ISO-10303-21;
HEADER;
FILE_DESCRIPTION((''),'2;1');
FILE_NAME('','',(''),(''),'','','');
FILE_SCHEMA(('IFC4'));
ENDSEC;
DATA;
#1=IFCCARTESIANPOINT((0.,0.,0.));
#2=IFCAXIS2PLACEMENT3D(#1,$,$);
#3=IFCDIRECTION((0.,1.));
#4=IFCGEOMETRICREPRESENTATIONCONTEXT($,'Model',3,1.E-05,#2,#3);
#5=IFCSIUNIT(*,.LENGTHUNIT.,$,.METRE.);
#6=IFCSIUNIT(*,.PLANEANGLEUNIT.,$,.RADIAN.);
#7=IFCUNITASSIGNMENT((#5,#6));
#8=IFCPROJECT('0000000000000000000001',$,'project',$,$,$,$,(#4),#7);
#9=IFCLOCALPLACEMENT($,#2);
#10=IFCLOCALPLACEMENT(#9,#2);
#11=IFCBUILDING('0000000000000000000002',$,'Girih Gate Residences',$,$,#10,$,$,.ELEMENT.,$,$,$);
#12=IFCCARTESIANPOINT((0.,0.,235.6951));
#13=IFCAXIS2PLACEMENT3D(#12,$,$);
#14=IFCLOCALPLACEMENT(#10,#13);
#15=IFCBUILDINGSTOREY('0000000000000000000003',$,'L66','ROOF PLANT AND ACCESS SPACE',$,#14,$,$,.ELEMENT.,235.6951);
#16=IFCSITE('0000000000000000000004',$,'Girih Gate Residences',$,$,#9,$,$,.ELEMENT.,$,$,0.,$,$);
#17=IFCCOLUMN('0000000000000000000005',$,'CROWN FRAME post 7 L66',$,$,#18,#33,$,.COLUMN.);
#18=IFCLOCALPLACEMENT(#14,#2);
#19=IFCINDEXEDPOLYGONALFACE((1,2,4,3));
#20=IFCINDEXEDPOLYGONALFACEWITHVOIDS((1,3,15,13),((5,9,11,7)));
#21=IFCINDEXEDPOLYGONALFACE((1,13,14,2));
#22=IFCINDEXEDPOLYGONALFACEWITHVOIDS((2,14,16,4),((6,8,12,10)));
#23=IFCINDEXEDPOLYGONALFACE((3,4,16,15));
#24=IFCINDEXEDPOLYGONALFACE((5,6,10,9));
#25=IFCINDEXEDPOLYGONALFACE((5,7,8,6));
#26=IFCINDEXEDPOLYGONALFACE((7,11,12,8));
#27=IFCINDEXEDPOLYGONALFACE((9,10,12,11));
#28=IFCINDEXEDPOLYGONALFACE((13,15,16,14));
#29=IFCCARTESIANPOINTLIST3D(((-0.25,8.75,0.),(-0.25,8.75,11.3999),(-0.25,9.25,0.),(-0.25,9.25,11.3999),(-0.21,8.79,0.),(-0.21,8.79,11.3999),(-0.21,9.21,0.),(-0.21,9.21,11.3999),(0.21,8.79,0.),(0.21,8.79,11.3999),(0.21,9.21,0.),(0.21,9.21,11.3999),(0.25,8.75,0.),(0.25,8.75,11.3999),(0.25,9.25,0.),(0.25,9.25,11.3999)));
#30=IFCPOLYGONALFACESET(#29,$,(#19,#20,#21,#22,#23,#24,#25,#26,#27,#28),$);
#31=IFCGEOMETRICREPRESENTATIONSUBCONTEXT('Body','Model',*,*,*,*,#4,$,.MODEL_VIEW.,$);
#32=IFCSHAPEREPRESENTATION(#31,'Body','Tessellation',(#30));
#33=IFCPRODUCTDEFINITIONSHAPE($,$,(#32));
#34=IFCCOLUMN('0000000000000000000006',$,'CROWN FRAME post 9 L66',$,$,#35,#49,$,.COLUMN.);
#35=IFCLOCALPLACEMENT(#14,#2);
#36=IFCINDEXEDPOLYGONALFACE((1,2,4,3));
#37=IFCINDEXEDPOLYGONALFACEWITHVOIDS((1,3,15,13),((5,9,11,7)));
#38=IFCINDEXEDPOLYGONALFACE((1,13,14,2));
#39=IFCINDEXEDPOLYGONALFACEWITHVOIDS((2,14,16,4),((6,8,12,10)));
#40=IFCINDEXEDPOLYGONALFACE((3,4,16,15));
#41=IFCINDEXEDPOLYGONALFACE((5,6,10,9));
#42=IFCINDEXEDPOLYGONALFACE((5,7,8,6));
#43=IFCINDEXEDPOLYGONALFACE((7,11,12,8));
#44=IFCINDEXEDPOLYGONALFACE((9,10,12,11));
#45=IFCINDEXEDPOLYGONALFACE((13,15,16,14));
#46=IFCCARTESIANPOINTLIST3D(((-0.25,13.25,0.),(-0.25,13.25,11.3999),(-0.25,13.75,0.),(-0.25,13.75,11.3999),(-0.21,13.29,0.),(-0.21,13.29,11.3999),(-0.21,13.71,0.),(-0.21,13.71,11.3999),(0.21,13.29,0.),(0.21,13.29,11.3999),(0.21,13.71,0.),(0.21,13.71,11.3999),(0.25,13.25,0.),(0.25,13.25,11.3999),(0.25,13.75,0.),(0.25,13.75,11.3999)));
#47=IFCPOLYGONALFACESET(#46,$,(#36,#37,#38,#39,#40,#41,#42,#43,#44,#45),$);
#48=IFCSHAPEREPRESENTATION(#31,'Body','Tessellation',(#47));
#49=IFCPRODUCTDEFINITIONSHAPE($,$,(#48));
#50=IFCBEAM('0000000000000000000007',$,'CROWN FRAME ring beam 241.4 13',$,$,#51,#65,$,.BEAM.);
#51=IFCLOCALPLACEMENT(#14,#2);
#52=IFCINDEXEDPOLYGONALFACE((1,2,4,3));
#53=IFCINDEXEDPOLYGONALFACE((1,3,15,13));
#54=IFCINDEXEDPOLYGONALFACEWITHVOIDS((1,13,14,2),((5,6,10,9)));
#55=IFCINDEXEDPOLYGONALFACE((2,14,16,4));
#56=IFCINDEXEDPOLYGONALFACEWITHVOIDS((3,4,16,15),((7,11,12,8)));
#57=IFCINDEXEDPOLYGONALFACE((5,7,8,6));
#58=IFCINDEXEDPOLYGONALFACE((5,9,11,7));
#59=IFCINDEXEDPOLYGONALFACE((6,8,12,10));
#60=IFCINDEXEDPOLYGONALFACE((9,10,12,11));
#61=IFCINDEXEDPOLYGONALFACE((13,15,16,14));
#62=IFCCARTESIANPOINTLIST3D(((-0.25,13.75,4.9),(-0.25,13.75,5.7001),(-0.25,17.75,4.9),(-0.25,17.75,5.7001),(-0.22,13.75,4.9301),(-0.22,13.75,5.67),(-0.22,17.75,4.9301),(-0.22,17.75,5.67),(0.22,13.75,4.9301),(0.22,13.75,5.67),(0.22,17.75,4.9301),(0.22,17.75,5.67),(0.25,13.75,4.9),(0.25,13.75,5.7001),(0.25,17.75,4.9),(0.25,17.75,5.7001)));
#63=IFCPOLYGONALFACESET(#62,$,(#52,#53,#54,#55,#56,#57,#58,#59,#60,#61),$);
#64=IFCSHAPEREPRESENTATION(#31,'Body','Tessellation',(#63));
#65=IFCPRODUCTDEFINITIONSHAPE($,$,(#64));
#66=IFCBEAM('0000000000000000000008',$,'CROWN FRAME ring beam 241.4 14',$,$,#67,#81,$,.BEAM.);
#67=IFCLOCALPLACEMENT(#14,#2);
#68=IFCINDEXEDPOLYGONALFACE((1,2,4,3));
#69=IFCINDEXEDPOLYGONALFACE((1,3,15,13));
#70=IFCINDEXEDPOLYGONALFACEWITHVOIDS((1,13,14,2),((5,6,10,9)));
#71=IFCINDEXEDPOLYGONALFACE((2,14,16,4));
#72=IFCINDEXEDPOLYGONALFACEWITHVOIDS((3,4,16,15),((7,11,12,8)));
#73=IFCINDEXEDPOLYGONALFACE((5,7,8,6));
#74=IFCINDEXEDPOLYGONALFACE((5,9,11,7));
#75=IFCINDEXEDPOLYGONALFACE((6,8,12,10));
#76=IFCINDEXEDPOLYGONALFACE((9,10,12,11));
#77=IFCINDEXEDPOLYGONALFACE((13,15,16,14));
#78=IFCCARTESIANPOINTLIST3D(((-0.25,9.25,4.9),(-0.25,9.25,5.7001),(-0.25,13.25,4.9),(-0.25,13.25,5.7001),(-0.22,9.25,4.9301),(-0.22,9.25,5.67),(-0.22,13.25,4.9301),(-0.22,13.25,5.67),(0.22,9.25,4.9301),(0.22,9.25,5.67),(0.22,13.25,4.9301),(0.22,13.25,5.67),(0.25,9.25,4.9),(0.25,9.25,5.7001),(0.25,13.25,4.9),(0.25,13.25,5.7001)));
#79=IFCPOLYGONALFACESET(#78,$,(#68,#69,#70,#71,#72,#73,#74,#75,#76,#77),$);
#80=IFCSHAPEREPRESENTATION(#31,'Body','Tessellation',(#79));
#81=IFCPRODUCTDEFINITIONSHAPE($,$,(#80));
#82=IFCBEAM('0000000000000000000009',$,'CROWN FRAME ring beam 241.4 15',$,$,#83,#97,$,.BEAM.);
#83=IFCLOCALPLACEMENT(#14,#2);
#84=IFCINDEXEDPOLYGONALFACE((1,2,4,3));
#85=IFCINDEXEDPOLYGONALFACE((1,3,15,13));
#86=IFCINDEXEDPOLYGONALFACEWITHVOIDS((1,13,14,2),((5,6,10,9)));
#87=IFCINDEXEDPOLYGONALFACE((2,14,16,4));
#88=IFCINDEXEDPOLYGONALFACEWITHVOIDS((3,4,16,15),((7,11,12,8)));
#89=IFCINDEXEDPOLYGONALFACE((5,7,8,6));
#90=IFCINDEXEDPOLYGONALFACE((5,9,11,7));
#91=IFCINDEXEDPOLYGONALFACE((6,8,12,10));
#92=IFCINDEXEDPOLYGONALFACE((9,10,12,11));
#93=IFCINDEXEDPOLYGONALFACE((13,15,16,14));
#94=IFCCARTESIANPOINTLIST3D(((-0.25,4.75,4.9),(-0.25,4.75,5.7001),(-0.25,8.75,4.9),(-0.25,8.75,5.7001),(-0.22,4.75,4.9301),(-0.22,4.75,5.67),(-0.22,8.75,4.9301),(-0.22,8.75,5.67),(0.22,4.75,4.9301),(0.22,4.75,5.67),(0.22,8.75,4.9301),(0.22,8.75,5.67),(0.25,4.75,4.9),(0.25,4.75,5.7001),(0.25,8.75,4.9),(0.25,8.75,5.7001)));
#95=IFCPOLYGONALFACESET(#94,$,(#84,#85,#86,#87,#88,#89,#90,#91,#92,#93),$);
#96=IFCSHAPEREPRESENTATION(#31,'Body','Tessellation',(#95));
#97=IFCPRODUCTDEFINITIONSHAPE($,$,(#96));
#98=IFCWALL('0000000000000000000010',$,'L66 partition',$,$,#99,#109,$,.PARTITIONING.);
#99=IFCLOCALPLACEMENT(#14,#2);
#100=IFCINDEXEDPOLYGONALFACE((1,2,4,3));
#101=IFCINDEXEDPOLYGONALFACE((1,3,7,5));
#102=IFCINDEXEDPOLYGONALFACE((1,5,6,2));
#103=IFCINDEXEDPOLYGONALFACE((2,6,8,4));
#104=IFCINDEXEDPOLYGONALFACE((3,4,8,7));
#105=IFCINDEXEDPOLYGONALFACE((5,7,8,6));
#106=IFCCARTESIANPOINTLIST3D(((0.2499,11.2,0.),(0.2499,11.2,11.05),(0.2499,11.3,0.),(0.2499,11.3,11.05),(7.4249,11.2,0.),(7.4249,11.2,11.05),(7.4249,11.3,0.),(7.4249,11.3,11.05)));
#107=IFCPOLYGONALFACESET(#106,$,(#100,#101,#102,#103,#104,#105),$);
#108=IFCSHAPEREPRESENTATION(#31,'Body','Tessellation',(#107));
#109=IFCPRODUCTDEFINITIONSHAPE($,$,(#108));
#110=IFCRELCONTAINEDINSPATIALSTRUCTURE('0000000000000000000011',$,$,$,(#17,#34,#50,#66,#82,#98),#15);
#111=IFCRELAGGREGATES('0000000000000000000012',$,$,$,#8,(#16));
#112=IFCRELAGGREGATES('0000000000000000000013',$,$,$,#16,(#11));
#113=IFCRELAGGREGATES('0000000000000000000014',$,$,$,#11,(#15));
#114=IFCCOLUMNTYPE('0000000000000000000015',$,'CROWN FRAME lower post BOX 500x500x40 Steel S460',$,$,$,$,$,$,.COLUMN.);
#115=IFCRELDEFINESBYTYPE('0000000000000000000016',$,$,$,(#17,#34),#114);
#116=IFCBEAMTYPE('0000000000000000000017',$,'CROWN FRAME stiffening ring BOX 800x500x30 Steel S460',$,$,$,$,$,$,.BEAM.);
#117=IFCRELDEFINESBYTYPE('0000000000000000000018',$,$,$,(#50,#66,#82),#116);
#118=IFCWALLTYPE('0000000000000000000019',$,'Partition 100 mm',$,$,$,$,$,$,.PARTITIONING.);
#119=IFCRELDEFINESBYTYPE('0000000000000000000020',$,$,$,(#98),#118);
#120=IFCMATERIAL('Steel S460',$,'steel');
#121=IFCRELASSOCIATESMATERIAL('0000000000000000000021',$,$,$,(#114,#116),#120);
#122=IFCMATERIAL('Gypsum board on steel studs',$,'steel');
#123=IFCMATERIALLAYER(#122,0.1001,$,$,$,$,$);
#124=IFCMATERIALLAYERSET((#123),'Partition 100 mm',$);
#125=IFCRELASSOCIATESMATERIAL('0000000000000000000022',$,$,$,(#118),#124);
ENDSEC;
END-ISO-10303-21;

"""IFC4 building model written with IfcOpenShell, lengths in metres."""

from ifc_helpers import new_model, si_unit, direction, frame, frame_2d, origin, origin_2d, place, context, subcontext, project, spatial, rectangle, hollow_rectangle, extrude, material, layer, layer_set, material_profile, profile_set, type_object, element, save


model = new_model("IFC4")

# Units and contexts
model_context = context("Model", 3, precision=1e-05, world=origin(), true_north=direction((0.0, 1.0)))
body_context = subcontext(model_context, "Body", "Model", "MODEL_VIEW")
ifc_project = project(units=[si_unit("LENGTHUNIT", "METRE"), si_unit("PLANEANGLEUNIT", "RADIAN")], contexts=[model_context])

# Site, building, storey
site_placement = place(None, origin())
site = spatial("IfcSite", under=ifc_project, at=site_placement, Name="Girih Gate Residences", CompositionType="ELEMENT", RefElevation=0.0)
building_placement = place(site_placement, origin())
building = spatial("IfcBuilding", under=site, at=building_placement, Name="Girih Gate Residences", CompositionType="ELEMENT")
storey_placement = place(building_placement, frame((0.0, 0.0, 235.6951)))
storey = spatial("IfcBuildingStorey", under=building, at=storey_placement, Name="L66", Description="ROOF PLANT AND ACCESS SPACE", CompositionType="ELEMENT", Elevation=235.6951)

# Columns
ifc_material_1 = material(Name="Steel S460", Category="steel")
ifc_material_profile_1 = material_profile(ifc_material_1, hollow_rectangle(XDim=0.5, YDim=0.5, WallThickness=0.04, at=origin_2d()))
ifc_profile_set_1 = profile_set([ifc_material_profile_1], Name="Steel S460")
column_type = type_object("IfcColumnType", Name="CROWN FRAME lower post BOX 500x500x40 Steel S460", PredefinedType="COLUMN", material=ifc_profile_set_1)
for number, where, z_axis, x_axis, name in (
    (1, (0.0, 9.0, 0.0), (0.0, 0.0, 1.0), (1.0, 0.0, 0.0), "CROWN FRAME post 7 L66"),
    (2, (0.0, 13.5, 0.0), (0.0, 0.0, 1.0), (1.0, 0.0, 0.0), "CROWN FRAME post 9 L66"),
):
    element("IfcColumn", number, at=place(storey_placement, frame(where, z_axis=z_axis, x_axis=x_axis)), inside=storey, type_object=column_type, Name=name, PredefinedType="COLUMN", context=body_context, shape_type="SweptSolid", body=[
        extrude(hollow_rectangle(XDim=0.5, YDim=0.5, WallThickness=0.04, at=origin_2d()), origin(), (0.0, 0.0, 1.0), 11.3999),
    ])

# Beams
ifc_material_profile_2 = material_profile(ifc_material_1, hollow_rectangle(XDim=0.5, YDim=0.8, WallThickness=0.03, at=origin_2d()))
ifc_profile_set_2 = profile_set([ifc_material_profile_2], Name="Steel S460")
beam_type = type_object("IfcBeamType", Name="CROWN FRAME stiffening ring BOX 800x500x30 Steel S460", PredefinedType="BEAM", material=ifc_profile_set_2)
for number, where, z_axis, x_axis, name in (
    (3, (0.0, 17.75, 5.3), (0.0, -1.0, 0.0), (1.0, 0.0, 0.0), "CROWN FRAME ring beam 241.4 13"),
    (4, (0.0, 13.25, 5.3), (0.0, -1.0, 0.0), (1.0, 0.0, 0.0), "CROWN FRAME ring beam 241.4 14"),
    (5, (0.0, 8.75, 5.3), (0.0, -1.0, 0.0), (1.0, 0.0, 0.0), "CROWN FRAME ring beam 241.4 15"),
):
    element("IfcBeam", number, at=place(storey_placement, frame(where, z_axis=z_axis, x_axis=x_axis)), inside=storey, type_object=beam_type, Name=name, PredefinedType="BEAM", context=body_context, shape_type="SweptSolid", body=[
        extrude(hollow_rectangle(XDim=0.5, YDim=0.8, WallThickness=0.03, at=origin_2d()), origin(), (0.0, 0.0, 1.0), 4.0),
    ])

# Wall
ifc_material_2 = material(Name="Gypsum board on steel studs", Category="steel")
ifc_layer = layer(ifc_material_2, 0.1001)
ifc_layer_set = layer_set([ifc_layer], Name="Partition 100 mm")
wall_type = type_object("IfcWallType", Name="Partition 100 mm", PredefinedType="PARTITIONING", material=ifc_layer_set)
wall_placement = place(storey_placement, frame((0.25, 11.25, 0.0), z_axis=(0.0, 0.0, 1.0), x_axis=(1.0, 0.0, 0.0)))
element("IfcWall", 6, at=wall_placement, inside=storey, type_object=wall_type, Name="L66 partition", PredefinedType="PARTITIONING", context=body_context, shape_type="SweptSolid", body=[
    extrude(rectangle(XDim=7.175, YDim=0.1001, at=frame_2d((3.5874, 0.0))), origin(), (0.0, 0.0, 1.0), 11.05),
])

save(model, "model.ifc")
